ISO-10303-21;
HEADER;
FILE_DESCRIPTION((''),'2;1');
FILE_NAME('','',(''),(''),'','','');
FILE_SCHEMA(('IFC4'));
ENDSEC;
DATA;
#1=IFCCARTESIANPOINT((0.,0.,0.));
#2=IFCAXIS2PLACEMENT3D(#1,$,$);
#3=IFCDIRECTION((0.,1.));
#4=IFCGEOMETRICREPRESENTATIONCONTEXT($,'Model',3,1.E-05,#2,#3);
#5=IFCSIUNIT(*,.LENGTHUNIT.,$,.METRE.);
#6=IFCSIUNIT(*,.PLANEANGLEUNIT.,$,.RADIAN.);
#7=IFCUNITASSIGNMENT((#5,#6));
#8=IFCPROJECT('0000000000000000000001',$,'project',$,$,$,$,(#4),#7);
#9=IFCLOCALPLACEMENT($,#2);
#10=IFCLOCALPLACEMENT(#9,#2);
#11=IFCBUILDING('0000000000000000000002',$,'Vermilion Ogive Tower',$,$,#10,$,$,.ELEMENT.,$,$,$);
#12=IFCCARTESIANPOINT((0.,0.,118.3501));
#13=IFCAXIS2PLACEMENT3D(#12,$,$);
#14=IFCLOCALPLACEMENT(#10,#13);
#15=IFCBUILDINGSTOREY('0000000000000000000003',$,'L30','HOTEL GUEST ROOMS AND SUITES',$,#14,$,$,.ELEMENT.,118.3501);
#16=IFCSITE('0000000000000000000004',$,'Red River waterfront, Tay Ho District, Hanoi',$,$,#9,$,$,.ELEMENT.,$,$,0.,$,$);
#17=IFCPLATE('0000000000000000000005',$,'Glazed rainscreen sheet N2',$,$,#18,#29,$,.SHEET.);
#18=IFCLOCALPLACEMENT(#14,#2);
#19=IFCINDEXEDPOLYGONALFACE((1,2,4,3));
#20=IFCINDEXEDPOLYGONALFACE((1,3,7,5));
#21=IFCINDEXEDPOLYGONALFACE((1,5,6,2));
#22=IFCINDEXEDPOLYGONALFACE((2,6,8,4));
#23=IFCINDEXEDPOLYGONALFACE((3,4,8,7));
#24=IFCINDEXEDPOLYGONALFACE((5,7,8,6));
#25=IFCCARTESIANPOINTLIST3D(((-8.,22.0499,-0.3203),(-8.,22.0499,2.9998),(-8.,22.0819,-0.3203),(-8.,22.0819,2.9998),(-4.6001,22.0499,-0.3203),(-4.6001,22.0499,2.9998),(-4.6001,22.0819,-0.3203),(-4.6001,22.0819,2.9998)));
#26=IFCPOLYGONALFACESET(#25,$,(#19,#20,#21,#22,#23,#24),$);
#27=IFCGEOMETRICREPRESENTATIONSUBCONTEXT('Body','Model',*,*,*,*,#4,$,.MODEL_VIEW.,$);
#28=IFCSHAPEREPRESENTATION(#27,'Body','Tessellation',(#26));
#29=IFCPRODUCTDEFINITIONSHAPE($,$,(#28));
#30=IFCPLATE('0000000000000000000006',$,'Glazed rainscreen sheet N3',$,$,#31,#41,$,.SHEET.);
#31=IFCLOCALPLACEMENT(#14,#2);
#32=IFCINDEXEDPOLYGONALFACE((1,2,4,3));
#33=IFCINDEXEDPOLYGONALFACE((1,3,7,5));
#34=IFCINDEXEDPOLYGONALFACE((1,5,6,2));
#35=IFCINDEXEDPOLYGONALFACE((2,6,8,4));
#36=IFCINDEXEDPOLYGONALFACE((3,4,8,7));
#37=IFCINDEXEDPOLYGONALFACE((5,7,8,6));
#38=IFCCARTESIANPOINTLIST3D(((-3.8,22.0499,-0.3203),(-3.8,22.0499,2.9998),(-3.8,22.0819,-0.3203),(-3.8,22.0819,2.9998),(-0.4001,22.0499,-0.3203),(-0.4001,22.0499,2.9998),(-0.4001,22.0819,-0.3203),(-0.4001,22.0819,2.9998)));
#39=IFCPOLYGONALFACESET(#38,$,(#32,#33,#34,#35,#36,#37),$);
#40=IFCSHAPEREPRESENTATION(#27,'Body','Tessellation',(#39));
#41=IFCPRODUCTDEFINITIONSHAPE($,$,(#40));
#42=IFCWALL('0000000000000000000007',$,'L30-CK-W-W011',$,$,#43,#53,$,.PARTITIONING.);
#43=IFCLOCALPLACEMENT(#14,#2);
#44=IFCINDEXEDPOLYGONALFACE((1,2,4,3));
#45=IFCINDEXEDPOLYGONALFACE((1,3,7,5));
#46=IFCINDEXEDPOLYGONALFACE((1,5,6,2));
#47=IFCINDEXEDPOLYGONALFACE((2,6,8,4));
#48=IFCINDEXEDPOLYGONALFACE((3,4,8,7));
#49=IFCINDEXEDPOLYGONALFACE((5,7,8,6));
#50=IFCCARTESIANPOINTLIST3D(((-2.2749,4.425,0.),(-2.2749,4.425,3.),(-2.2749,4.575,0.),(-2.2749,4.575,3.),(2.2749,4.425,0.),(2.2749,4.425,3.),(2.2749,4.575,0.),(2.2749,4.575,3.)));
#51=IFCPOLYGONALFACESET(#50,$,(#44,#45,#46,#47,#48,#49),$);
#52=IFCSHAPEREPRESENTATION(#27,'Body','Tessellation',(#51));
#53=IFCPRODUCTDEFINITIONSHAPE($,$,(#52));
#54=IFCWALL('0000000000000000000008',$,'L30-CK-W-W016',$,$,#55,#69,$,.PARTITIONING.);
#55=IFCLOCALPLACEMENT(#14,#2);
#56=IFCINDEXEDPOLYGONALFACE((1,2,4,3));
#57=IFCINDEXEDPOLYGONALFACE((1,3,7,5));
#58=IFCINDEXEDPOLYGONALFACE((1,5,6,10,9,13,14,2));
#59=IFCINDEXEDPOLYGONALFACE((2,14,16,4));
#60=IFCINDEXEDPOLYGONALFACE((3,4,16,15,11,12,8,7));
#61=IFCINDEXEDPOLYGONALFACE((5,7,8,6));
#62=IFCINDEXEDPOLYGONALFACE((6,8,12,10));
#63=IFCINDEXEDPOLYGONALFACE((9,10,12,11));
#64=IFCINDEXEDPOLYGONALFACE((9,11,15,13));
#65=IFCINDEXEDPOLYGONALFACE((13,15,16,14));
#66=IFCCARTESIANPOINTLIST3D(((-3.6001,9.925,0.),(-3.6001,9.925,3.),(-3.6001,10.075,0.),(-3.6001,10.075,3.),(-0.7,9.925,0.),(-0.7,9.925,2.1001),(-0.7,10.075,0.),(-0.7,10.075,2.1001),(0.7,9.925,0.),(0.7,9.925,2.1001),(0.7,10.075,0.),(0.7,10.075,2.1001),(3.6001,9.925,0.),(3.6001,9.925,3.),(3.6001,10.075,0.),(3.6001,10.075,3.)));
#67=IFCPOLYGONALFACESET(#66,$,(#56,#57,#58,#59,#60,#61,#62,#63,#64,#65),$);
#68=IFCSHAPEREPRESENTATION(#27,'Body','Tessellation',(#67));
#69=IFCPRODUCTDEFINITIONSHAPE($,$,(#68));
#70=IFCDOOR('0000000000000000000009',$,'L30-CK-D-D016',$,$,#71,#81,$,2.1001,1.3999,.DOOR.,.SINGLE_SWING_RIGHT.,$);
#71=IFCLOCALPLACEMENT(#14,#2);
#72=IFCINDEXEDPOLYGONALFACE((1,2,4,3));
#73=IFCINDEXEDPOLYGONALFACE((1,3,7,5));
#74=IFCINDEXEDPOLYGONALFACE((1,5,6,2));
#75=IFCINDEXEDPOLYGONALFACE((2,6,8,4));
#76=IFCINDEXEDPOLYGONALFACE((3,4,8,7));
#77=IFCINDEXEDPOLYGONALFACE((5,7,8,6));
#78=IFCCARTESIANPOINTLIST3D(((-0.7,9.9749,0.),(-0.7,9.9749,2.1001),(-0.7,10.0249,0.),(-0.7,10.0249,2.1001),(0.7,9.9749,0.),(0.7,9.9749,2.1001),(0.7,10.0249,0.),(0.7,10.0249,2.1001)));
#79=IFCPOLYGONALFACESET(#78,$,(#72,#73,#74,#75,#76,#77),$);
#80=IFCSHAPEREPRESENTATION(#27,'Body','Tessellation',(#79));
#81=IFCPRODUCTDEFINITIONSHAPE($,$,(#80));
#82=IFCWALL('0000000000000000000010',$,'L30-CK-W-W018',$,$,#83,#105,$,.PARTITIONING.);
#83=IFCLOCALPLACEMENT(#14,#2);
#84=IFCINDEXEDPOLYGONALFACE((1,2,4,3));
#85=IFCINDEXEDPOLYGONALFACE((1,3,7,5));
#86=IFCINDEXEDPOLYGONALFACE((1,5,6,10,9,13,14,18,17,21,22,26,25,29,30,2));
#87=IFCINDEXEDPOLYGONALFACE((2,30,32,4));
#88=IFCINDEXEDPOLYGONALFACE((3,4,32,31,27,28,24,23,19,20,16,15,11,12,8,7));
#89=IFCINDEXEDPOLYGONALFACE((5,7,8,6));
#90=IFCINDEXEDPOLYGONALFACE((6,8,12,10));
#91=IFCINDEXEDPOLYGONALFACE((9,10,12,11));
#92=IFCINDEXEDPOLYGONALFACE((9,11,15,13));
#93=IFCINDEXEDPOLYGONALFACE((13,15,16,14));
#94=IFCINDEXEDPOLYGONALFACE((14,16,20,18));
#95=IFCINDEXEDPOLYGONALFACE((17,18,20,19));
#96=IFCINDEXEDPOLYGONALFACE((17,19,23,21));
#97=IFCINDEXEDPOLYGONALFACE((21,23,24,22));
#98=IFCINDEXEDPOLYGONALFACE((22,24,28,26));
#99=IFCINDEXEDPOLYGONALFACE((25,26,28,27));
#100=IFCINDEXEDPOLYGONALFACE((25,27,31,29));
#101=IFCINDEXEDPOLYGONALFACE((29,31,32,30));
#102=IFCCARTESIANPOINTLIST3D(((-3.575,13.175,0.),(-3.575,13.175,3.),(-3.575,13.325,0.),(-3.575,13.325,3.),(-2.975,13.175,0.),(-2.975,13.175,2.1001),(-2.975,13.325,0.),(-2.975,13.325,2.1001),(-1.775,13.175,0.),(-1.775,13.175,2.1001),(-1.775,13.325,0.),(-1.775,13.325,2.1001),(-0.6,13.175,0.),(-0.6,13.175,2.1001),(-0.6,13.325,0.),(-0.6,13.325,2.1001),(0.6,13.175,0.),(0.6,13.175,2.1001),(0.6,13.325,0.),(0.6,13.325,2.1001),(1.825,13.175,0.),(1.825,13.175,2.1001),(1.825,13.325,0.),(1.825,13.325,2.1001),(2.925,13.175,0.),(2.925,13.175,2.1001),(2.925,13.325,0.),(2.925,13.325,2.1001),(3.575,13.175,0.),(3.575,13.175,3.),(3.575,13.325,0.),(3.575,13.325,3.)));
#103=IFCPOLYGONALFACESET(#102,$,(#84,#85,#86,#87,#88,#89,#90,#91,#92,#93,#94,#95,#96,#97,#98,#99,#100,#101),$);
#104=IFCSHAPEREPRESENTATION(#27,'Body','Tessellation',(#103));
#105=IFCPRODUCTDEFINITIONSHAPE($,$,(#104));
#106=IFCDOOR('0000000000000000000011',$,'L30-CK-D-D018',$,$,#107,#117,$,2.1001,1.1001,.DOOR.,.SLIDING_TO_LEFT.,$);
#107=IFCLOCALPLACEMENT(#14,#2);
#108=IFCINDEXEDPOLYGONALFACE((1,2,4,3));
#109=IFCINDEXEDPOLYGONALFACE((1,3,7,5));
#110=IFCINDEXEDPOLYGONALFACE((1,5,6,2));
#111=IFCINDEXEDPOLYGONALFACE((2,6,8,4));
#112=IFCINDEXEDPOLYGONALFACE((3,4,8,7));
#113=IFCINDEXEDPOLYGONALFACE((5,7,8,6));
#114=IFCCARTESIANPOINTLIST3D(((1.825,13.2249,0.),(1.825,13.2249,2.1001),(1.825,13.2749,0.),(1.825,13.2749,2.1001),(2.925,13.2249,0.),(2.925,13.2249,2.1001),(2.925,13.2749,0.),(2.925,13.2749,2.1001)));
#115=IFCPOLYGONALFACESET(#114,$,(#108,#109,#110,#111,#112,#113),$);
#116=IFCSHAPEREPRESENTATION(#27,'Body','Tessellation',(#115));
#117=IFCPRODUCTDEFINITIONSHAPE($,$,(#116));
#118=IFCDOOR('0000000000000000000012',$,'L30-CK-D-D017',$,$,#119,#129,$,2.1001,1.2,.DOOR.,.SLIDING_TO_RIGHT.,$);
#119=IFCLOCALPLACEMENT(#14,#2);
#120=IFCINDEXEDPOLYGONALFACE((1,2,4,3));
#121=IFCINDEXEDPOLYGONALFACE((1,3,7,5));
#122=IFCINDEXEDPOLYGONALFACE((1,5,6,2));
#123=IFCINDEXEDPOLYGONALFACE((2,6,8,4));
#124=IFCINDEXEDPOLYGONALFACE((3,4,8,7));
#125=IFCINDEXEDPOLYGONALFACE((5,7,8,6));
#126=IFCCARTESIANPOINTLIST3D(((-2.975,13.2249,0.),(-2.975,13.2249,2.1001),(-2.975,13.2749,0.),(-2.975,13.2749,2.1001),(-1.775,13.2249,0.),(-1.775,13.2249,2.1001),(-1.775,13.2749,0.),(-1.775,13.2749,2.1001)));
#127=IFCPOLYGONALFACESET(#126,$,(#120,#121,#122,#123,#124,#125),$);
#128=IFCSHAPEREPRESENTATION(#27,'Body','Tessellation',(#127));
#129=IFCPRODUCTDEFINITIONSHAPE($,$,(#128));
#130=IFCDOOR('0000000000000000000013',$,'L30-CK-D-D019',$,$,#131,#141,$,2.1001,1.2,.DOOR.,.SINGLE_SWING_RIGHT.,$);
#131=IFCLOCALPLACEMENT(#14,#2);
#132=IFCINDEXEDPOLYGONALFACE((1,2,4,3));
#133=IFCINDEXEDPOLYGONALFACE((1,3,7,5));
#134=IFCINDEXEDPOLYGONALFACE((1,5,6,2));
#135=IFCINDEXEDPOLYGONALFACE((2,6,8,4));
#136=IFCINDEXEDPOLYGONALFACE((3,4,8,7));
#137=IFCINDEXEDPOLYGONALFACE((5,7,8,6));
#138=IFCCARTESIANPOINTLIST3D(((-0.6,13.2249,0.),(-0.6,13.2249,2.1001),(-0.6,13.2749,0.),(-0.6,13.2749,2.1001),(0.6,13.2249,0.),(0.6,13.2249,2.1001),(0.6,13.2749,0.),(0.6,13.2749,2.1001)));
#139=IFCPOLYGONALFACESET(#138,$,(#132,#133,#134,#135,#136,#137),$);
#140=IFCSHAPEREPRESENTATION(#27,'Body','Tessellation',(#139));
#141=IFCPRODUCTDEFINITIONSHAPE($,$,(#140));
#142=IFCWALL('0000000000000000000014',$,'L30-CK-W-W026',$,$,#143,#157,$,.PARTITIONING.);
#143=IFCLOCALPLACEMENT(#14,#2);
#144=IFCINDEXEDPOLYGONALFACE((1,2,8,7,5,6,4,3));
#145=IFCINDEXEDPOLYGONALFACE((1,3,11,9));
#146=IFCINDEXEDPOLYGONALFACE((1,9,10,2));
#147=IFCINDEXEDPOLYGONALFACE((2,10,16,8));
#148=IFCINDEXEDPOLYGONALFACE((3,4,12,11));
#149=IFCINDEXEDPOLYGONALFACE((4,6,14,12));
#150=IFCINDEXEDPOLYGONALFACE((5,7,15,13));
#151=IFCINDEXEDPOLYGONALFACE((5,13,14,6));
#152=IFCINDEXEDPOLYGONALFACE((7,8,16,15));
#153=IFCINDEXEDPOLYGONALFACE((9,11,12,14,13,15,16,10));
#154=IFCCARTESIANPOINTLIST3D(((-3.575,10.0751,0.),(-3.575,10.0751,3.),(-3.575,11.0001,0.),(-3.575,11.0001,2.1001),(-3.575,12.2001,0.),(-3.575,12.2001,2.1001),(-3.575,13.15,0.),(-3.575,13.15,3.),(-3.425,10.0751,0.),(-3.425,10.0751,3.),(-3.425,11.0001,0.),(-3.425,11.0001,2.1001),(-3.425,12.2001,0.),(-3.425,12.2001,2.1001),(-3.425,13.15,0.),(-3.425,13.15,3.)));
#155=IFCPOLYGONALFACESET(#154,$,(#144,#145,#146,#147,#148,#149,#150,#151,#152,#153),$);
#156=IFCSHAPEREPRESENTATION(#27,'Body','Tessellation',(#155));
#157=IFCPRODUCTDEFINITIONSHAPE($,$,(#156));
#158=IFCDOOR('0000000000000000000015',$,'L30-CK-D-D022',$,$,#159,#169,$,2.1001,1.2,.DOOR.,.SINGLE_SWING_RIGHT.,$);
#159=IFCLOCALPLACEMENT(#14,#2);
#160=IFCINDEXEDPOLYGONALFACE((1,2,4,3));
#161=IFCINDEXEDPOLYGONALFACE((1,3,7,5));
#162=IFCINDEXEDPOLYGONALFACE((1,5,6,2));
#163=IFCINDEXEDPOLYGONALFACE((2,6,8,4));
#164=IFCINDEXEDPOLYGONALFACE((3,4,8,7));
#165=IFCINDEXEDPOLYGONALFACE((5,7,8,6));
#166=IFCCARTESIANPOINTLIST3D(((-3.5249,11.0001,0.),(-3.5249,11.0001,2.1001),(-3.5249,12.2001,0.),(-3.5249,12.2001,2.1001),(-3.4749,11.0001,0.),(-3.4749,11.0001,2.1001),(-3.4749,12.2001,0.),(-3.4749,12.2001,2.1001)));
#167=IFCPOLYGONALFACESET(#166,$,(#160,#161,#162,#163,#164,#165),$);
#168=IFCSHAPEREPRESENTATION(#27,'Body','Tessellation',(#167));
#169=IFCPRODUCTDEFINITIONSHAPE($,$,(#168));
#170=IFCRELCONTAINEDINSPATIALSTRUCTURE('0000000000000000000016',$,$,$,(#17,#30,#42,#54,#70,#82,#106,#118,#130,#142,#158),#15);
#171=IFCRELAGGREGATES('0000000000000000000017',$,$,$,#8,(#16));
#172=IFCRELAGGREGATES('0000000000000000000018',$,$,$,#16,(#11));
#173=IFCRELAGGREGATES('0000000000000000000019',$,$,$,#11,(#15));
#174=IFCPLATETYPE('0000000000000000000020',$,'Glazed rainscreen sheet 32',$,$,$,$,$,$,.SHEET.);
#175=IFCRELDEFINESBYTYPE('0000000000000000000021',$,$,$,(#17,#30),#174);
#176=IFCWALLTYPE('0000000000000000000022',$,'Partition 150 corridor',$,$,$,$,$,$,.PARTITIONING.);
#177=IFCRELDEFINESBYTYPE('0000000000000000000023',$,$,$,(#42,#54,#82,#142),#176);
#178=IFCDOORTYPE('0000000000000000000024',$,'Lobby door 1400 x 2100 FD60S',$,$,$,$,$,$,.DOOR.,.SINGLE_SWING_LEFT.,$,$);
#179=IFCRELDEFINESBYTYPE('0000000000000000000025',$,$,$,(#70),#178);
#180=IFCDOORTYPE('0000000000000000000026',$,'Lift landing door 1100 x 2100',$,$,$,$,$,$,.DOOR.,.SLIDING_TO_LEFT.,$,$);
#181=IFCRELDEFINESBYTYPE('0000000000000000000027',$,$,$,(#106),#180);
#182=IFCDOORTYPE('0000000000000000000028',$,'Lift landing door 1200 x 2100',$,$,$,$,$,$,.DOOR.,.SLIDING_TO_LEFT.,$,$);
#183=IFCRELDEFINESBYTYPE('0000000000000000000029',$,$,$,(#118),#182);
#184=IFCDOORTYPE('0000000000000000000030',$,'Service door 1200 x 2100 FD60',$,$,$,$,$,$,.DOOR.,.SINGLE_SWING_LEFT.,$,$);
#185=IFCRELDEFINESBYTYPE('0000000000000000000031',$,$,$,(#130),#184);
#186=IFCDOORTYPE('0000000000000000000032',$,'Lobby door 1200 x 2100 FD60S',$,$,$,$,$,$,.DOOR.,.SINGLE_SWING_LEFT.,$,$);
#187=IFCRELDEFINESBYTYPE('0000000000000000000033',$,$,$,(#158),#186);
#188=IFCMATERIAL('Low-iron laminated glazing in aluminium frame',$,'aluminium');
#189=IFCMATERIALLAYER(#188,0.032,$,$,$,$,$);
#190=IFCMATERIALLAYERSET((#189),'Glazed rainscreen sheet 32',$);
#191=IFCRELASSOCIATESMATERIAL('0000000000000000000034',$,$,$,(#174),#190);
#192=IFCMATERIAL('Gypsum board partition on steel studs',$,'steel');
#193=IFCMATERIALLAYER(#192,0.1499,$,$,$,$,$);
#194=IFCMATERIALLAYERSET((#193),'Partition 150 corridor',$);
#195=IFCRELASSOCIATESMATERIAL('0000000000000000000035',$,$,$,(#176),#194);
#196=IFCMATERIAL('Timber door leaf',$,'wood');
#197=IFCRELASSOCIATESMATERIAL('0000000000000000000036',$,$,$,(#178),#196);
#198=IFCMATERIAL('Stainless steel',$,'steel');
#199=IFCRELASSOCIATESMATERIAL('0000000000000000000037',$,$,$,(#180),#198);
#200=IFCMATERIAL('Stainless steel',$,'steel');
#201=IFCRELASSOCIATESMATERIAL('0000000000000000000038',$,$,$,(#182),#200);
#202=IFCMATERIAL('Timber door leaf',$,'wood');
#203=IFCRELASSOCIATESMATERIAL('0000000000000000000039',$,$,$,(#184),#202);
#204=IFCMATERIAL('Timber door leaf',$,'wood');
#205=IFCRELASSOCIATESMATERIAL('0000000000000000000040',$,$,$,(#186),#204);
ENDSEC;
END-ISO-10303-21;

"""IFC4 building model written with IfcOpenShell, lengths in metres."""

from ifc_helpers import new_model, si_unit, direction, frame, frame_2d, origin, origin_2d, place, context, subcontext, project, spatial, rectangle, extrude, material, layer, layer_set, type_object, element, fill, save


model = new_model("IFC4")

# Units and contexts
model_context = context("Model", 3, precision=1e-05, world=origin(), true_north=direction((0.0, 1.0)))
body_context = subcontext(model_context, "Body", "Model", "MODEL_VIEW")
ifc_project = project(units=[si_unit("LENGTHUNIT", "METRE"), si_unit("PLANEANGLEUNIT", "RADIAN")], contexts=[model_context])

# Site, building, storey
site_placement = place(None, origin())
site = spatial("IfcSite", under=ifc_project, at=site_placement, Name="Red River waterfront, Tay Ho District, Hanoi", CompositionType="ELEMENT", RefElevation=0.0)
building_placement = place(site_placement, origin())
building = spatial("IfcBuilding", under=site, at=building_placement, Name="Vermilion Ogive Tower", CompositionType="ELEMENT")
storey_placement = place(building_placement, frame((0.0, 0.0, 118.3501)))
storey = spatial("IfcBuildingStorey", under=building, at=storey_placement, Name="L30", Description="HOTEL GUEST ROOMS AND SUITES", CompositionType="ELEMENT", Elevation=118.3501)

# Plates
ifc_material_1 = material(Name="Low-iron laminated glazing in aluminium frame", Category="aluminium")
ifc_layer_1 = layer(ifc_material_1, 0.032)
ifc_layer_set_1 = layer_set([ifc_layer_1], Name="Glazed rainscreen sheet 32")
plate_type = type_object("IfcPlateType", Name="Glazed rainscreen sheet 32", PredefinedType="SHEET", material=ifc_layer_set_1)
for number, where, z_axis, x_axis, name in (
    (1, (-6.3, 22.0659, -0.3203), (0.0, 0.0, 1.0), (1.0, 0.0, 0.0), "Glazed rainscreen sheet N2"),
    (2, (-2.1001, 22.0659, -0.3203), (0.0, 0.0, 1.0), (1.0, 0.0, 0.0), "Glazed rainscreen sheet N3"),
):
    element("IfcPlate", number, at=place(storey_placement, frame(where, z_axis=z_axis, x_axis=x_axis)), inside=storey, type_object=plate_type, Name=name, PredefinedType="SHEET", context=body_context, shape_type="SweptSolid", body=[
        extrude(rectangle(XDim=3.3999, YDim=0.032, at=origin_2d()), origin(), (0.0, 0.0, 1.0), 3.3201),
    ])

# Wall
ifc_material_2 = material(Name="Gypsum board partition on steel studs", Category="steel")
ifc_layer_2 = layer(ifc_material_2, 0.1499)
ifc_layer_set_2 = layer_set([ifc_layer_2], Name="Partition 150 corridor")
wall_type_1 = type_object("IfcWallType", Name="Partition 150 corridor", PredefinedType="PARTITIONING", material=ifc_layer_set_2)
wall_1_placement = place(storey_placement, frame((-2.2749, 4.5, 0.0), z_axis=(0.0, 0.0, 1.0), x_axis=(1.0, 0.0, 0.0)))
element("IfcWall", 3, at=wall_1_placement, inside=storey, type_object=wall_type_1, Name="L30-CK-W-W011", PredefinedType="PARTITIONING", context=body_context, shape_type="SweptSolid", body=[
    extrude(rectangle(XDim=4.5498, YDim=0.1499, at=frame_2d((2.2749, 0.0))), origin(), (0.0, 0.0, 1.0), 3.0),
])

# Wall, opening, door
wall_2_placement = place(storey_placement, frame((-3.6001, 10.0, 0.0), z_axis=(0.0, 0.0, 1.0), x_axis=(1.0, 0.0, 0.0)))
wall_2 = element("IfcWall", 4, at=wall_2_placement, inside=storey, type_object=wall_type_1, Name="L30-CK-W-W016", PredefinedType="PARTITIONING", context=body_context, shape_type="SweptSolid", body=[
    extrude(rectangle(XDim=7.2002, YDim=0.1499, at=frame_2d((3.6001, 0.0))), origin(), (0.0, 0.0, 1.0), 3.0),
])
opening_1_placement = place(wall_2_placement, frame((2.9001, 0.0, 0.0)))
opening_1 = element("IfcOpeningElement", 5, at=opening_1_placement, cuts=wall_2, PredefinedType="OPENING", context=body_context, shape_type="SweptSolid", body=[
    extrude(rectangle(XDim=1.3999, YDim=2.1001, at=frame_2d((0.7, 1.05))), frame((0.0, 0.085, 0.0), z_axis=(0.0, -1.0, 0.0), x_axis=(1.0, 0.0, 0.0)), (0.0, 0.0, 1.0), 0.1699),
])
ifc_material_3 = material(Name="Timber door leaf", Category="wood")
door_type_1 = type_object("IfcDoorType", Name="Lobby door 1400 x 2100 FD60S", OperationType="SINGLE_SWING_LEFT", PredefinedType="DOOR", material=ifc_material_3)
door_1_placement = place(opening_1_placement, origin())
door_1 = element("IfcDoor", 6, at=door_1_placement, inside=storey, type_object=door_type_1, Name="L30-CK-D-D016", OperationType="SINGLE_SWING_RIGHT", OverallHeight=2.1001, OverallWidth=1.3999, PredefinedType="DOOR", context=body_context, shape_type="SweptSolid", body=[
    extrude(rectangle(XDim=1.3999, YDim=2.1001, at=frame_2d((0.7, 1.05))), frame((0.0, 0.0249, 0.0), z_axis=(0.0, -1.0, 0.0), x_axis=(1.0, 0.0, 0.0)), (0.0, 0.0, 1.0), 0.05),
])
fill(opening_1, door_1)

# Wall, openings, doors
wall_3_placement = place(storey_placement, frame((-3.575, 13.25, 0.0), z_axis=(0.0, 0.0, 1.0), x_axis=(1.0, 0.0, 0.0)))
wall_3 = element("IfcWall", 7, at=wall_3_placement, inside=storey, type_object=wall_type_1, Name="L30-CK-W-W018", PredefinedType="PARTITIONING", context=body_context, shape_type="SweptSolid", body=[
    extrude(rectangle(XDim=7.1499, YDim=0.1499, at=frame_2d((3.575, 0.0))), origin(), (0.0, 0.0, 1.0), 3.0),
])
opening_2_placement = place(wall_3_placement, frame((0.5999, 0.0, 0.0)))
opening_2 = element("IfcOpeningElement", 8, at=opening_2_placement, cuts=wall_3, PredefinedType="OPENING", context=body_context, shape_type="SweptSolid", body=[
    extrude(rectangle(XDim=1.2, YDim=2.1001, at=frame_2d((0.6001, 1.05))), frame((0.0, 0.085, 0.0), z_axis=(0.0, -1.0, 0.0), x_axis=(1.0, 0.0, 0.0)), (0.0, 0.0, 1.0), 0.1699),
])
opening_3_placement = place(wall_3_placement, frame((5.3999, 0.0, 0.0)))
opening_3 = element("IfcOpeningElement", 9, at=opening_3_placement, cuts=wall_3, PredefinedType="OPENING", context=body_context, shape_type="SweptSolid", body=[
    extrude(rectangle(XDim=1.1001, YDim=2.1001, at=frame_2d((0.55, 1.05))), frame((0.0, 0.085, 0.0), z_axis=(0.0, -1.0, 0.0), x_axis=(1.0, 0.0, 0.0)), (0.0, 0.0, 1.0), 0.1699),
])
opening_4_placement = place(wall_3_placement, frame((2.9749, 0.0, 0.0)))
opening_4 = element("IfcOpeningElement", 10, at=opening_4_placement, cuts=wall_3, PredefinedType="OPENING", context=body_context, shape_type="SweptSolid", body=[
    extrude(rectangle(XDim=1.2, YDim=2.1001, at=frame_2d((0.6001, 1.05))), frame((0.0, 0.085, 0.0), z_axis=(0.0, -1.0, 0.0), x_axis=(1.0, 0.0, 0.0)), (0.0, 0.0, 1.0), 0.1699),
])
ifc_material_4 = material(Name="Stainless steel", Category="steel")
door_type_2 = type_object("IfcDoorType", Name="Lift landing door 1100 x 2100", OperationType="SLIDING_TO_LEFT", PredefinedType="DOOR", material=ifc_material_4)
door_2_placement = place(opening_3_placement, origin())
door_2 = element("IfcDoor", 11, at=door_2_placement, inside=storey, type_object=door_type_2, Name="L30-CK-D-D018", OperationType="SLIDING_TO_LEFT", OverallHeight=2.1001, OverallWidth=1.1001, PredefinedType="DOOR", context=body_context, shape_type="SweptSolid", body=[
    extrude(rectangle(XDim=1.1001, YDim=2.1001, at=frame_2d((0.55, 1.05))), frame((0.0, 0.0249, 0.0), z_axis=(0.0, -1.0, 0.0), x_axis=(1.0, 0.0, 0.0)), (0.0, 0.0, 1.0), 0.05),
])
fill(opening_3, door_2)
ifc_material_5 = material(Name="Stainless steel", Category="steel")
door_type_3 = type_object("IfcDoorType", Name="Lift landing door 1200 x 2100", OperationType="SLIDING_TO_LEFT", PredefinedType="DOOR", material=ifc_material_5)
door_3_placement = place(opening_2_placement, origin())
door_3 = element("IfcDoor", 12, at=door_3_placement, inside=storey, type_object=door_type_3, Name="L30-CK-D-D017", OperationType="SLIDING_TO_RIGHT", OverallHeight=2.1001, OverallWidth=1.2, PredefinedType="DOOR", context=body_context, shape_type="SweptSolid", body=[
    extrude(rectangle(XDim=1.2, YDim=2.1001, at=frame_2d((0.6001, 1.05))), frame((0.0, 0.0249, 0.0), z_axis=(0.0, -1.0, 0.0), x_axis=(1.0, 0.0, 0.0)), (0.0, 0.0, 1.0), 0.05),
])
fill(opening_2, door_3)
ifc_material_6 = material(Name="Timber door leaf", Category="wood")
door_type_4 = type_object("IfcDoorType", Name="Service door 1200 x 2100 FD60", OperationType="SINGLE_SWING_LEFT", PredefinedType="DOOR", material=ifc_material_6)
door_4_placement = place(opening_4_placement, origin())
door_4 = element("IfcDoor", 13, at=door_4_placement, inside=storey, type_object=door_type_4, Name="L30-CK-D-D019", OperationType="SINGLE_SWING_RIGHT", OverallHeight=2.1001, OverallWidth=1.2, PredefinedType="DOOR", context=body_context, shape_type="SweptSolid", body=[
    extrude(rectangle(XDim=1.2, YDim=2.1001, at=frame_2d((0.6001, 1.05))), frame((0.0, 0.0249, 0.0), z_axis=(0.0, -1.0, 0.0), x_axis=(1.0, 0.0, 0.0)), (0.0, 0.0, 1.0), 0.05),
])
fill(opening_4, door_4)

# Wall, opening, door
wall_4_placement = place(storey_placement, frame((-3.5, 10.075, 0.0), z_axis=(0.0, 0.0, 1.0), x_axis=(0.0, 1.0, 0.0)))
wall_4 = element("IfcWall", 14, at=wall_4_placement, inside=storey, type_object=wall_type_1, Name="L30-CK-W-W026", PredefinedType="PARTITIONING", context=body_context, shape_type="SweptSolid", body=[
    extrude(rectangle(XDim=3.075, YDim=0.1499, at=frame_2d((1.5376, 0.0))), origin(), (0.0, 0.0, 1.0), 3.0),
])
opening_5_placement = place(wall_4_placement, frame((0.925, 0.0, 0.0)))
opening_5 = element("IfcOpeningElement", 15, at=opening_5_placement, cuts=wall_4, PredefinedType="OPENING", context=body_context, shape_type="SweptSolid", body=[
    extrude(rectangle(XDim=1.2, YDim=2.1001, at=frame_2d((0.6001, 1.05))), frame((0.0, 0.085, 0.0), z_axis=(0.0, -1.0, 0.0), x_axis=(1.0, 0.0, 0.0)), (0.0, 0.0, 1.0), 0.1699),
])
ifc_material_7 = material(Name="Timber door leaf", Category="wood")
door_type_5 = type_object("IfcDoorType", Name="Lobby door 1200 x 2100 FD60S", OperationType="SINGLE_SWING_LEFT", PredefinedType="DOOR", material=ifc_material_7)
door_5_placement = place(opening_5_placement, origin())
door_5 = element("IfcDoor", 16, at=door_5_placement, inside=storey, type_object=door_type_5, Name="L30-CK-D-D022", OperationType="SINGLE_SWING_RIGHT", OverallHeight=2.1001, OverallWidth=1.2, PredefinedType="DOOR", context=body_context, shape_type="SweptSolid", body=[
    extrude(rectangle(XDim=1.2, YDim=2.1001, at=frame_2d((0.6001, 1.05))), frame((0.0, 0.0249, 0.0), z_axis=(0.0, -1.0, 0.0), x_axis=(1.0, 0.0, 0.0)), (0.0, 0.0, 1.0), 0.05),
])
fill(opening_5, door_5)

save(model, "model.ifc")
